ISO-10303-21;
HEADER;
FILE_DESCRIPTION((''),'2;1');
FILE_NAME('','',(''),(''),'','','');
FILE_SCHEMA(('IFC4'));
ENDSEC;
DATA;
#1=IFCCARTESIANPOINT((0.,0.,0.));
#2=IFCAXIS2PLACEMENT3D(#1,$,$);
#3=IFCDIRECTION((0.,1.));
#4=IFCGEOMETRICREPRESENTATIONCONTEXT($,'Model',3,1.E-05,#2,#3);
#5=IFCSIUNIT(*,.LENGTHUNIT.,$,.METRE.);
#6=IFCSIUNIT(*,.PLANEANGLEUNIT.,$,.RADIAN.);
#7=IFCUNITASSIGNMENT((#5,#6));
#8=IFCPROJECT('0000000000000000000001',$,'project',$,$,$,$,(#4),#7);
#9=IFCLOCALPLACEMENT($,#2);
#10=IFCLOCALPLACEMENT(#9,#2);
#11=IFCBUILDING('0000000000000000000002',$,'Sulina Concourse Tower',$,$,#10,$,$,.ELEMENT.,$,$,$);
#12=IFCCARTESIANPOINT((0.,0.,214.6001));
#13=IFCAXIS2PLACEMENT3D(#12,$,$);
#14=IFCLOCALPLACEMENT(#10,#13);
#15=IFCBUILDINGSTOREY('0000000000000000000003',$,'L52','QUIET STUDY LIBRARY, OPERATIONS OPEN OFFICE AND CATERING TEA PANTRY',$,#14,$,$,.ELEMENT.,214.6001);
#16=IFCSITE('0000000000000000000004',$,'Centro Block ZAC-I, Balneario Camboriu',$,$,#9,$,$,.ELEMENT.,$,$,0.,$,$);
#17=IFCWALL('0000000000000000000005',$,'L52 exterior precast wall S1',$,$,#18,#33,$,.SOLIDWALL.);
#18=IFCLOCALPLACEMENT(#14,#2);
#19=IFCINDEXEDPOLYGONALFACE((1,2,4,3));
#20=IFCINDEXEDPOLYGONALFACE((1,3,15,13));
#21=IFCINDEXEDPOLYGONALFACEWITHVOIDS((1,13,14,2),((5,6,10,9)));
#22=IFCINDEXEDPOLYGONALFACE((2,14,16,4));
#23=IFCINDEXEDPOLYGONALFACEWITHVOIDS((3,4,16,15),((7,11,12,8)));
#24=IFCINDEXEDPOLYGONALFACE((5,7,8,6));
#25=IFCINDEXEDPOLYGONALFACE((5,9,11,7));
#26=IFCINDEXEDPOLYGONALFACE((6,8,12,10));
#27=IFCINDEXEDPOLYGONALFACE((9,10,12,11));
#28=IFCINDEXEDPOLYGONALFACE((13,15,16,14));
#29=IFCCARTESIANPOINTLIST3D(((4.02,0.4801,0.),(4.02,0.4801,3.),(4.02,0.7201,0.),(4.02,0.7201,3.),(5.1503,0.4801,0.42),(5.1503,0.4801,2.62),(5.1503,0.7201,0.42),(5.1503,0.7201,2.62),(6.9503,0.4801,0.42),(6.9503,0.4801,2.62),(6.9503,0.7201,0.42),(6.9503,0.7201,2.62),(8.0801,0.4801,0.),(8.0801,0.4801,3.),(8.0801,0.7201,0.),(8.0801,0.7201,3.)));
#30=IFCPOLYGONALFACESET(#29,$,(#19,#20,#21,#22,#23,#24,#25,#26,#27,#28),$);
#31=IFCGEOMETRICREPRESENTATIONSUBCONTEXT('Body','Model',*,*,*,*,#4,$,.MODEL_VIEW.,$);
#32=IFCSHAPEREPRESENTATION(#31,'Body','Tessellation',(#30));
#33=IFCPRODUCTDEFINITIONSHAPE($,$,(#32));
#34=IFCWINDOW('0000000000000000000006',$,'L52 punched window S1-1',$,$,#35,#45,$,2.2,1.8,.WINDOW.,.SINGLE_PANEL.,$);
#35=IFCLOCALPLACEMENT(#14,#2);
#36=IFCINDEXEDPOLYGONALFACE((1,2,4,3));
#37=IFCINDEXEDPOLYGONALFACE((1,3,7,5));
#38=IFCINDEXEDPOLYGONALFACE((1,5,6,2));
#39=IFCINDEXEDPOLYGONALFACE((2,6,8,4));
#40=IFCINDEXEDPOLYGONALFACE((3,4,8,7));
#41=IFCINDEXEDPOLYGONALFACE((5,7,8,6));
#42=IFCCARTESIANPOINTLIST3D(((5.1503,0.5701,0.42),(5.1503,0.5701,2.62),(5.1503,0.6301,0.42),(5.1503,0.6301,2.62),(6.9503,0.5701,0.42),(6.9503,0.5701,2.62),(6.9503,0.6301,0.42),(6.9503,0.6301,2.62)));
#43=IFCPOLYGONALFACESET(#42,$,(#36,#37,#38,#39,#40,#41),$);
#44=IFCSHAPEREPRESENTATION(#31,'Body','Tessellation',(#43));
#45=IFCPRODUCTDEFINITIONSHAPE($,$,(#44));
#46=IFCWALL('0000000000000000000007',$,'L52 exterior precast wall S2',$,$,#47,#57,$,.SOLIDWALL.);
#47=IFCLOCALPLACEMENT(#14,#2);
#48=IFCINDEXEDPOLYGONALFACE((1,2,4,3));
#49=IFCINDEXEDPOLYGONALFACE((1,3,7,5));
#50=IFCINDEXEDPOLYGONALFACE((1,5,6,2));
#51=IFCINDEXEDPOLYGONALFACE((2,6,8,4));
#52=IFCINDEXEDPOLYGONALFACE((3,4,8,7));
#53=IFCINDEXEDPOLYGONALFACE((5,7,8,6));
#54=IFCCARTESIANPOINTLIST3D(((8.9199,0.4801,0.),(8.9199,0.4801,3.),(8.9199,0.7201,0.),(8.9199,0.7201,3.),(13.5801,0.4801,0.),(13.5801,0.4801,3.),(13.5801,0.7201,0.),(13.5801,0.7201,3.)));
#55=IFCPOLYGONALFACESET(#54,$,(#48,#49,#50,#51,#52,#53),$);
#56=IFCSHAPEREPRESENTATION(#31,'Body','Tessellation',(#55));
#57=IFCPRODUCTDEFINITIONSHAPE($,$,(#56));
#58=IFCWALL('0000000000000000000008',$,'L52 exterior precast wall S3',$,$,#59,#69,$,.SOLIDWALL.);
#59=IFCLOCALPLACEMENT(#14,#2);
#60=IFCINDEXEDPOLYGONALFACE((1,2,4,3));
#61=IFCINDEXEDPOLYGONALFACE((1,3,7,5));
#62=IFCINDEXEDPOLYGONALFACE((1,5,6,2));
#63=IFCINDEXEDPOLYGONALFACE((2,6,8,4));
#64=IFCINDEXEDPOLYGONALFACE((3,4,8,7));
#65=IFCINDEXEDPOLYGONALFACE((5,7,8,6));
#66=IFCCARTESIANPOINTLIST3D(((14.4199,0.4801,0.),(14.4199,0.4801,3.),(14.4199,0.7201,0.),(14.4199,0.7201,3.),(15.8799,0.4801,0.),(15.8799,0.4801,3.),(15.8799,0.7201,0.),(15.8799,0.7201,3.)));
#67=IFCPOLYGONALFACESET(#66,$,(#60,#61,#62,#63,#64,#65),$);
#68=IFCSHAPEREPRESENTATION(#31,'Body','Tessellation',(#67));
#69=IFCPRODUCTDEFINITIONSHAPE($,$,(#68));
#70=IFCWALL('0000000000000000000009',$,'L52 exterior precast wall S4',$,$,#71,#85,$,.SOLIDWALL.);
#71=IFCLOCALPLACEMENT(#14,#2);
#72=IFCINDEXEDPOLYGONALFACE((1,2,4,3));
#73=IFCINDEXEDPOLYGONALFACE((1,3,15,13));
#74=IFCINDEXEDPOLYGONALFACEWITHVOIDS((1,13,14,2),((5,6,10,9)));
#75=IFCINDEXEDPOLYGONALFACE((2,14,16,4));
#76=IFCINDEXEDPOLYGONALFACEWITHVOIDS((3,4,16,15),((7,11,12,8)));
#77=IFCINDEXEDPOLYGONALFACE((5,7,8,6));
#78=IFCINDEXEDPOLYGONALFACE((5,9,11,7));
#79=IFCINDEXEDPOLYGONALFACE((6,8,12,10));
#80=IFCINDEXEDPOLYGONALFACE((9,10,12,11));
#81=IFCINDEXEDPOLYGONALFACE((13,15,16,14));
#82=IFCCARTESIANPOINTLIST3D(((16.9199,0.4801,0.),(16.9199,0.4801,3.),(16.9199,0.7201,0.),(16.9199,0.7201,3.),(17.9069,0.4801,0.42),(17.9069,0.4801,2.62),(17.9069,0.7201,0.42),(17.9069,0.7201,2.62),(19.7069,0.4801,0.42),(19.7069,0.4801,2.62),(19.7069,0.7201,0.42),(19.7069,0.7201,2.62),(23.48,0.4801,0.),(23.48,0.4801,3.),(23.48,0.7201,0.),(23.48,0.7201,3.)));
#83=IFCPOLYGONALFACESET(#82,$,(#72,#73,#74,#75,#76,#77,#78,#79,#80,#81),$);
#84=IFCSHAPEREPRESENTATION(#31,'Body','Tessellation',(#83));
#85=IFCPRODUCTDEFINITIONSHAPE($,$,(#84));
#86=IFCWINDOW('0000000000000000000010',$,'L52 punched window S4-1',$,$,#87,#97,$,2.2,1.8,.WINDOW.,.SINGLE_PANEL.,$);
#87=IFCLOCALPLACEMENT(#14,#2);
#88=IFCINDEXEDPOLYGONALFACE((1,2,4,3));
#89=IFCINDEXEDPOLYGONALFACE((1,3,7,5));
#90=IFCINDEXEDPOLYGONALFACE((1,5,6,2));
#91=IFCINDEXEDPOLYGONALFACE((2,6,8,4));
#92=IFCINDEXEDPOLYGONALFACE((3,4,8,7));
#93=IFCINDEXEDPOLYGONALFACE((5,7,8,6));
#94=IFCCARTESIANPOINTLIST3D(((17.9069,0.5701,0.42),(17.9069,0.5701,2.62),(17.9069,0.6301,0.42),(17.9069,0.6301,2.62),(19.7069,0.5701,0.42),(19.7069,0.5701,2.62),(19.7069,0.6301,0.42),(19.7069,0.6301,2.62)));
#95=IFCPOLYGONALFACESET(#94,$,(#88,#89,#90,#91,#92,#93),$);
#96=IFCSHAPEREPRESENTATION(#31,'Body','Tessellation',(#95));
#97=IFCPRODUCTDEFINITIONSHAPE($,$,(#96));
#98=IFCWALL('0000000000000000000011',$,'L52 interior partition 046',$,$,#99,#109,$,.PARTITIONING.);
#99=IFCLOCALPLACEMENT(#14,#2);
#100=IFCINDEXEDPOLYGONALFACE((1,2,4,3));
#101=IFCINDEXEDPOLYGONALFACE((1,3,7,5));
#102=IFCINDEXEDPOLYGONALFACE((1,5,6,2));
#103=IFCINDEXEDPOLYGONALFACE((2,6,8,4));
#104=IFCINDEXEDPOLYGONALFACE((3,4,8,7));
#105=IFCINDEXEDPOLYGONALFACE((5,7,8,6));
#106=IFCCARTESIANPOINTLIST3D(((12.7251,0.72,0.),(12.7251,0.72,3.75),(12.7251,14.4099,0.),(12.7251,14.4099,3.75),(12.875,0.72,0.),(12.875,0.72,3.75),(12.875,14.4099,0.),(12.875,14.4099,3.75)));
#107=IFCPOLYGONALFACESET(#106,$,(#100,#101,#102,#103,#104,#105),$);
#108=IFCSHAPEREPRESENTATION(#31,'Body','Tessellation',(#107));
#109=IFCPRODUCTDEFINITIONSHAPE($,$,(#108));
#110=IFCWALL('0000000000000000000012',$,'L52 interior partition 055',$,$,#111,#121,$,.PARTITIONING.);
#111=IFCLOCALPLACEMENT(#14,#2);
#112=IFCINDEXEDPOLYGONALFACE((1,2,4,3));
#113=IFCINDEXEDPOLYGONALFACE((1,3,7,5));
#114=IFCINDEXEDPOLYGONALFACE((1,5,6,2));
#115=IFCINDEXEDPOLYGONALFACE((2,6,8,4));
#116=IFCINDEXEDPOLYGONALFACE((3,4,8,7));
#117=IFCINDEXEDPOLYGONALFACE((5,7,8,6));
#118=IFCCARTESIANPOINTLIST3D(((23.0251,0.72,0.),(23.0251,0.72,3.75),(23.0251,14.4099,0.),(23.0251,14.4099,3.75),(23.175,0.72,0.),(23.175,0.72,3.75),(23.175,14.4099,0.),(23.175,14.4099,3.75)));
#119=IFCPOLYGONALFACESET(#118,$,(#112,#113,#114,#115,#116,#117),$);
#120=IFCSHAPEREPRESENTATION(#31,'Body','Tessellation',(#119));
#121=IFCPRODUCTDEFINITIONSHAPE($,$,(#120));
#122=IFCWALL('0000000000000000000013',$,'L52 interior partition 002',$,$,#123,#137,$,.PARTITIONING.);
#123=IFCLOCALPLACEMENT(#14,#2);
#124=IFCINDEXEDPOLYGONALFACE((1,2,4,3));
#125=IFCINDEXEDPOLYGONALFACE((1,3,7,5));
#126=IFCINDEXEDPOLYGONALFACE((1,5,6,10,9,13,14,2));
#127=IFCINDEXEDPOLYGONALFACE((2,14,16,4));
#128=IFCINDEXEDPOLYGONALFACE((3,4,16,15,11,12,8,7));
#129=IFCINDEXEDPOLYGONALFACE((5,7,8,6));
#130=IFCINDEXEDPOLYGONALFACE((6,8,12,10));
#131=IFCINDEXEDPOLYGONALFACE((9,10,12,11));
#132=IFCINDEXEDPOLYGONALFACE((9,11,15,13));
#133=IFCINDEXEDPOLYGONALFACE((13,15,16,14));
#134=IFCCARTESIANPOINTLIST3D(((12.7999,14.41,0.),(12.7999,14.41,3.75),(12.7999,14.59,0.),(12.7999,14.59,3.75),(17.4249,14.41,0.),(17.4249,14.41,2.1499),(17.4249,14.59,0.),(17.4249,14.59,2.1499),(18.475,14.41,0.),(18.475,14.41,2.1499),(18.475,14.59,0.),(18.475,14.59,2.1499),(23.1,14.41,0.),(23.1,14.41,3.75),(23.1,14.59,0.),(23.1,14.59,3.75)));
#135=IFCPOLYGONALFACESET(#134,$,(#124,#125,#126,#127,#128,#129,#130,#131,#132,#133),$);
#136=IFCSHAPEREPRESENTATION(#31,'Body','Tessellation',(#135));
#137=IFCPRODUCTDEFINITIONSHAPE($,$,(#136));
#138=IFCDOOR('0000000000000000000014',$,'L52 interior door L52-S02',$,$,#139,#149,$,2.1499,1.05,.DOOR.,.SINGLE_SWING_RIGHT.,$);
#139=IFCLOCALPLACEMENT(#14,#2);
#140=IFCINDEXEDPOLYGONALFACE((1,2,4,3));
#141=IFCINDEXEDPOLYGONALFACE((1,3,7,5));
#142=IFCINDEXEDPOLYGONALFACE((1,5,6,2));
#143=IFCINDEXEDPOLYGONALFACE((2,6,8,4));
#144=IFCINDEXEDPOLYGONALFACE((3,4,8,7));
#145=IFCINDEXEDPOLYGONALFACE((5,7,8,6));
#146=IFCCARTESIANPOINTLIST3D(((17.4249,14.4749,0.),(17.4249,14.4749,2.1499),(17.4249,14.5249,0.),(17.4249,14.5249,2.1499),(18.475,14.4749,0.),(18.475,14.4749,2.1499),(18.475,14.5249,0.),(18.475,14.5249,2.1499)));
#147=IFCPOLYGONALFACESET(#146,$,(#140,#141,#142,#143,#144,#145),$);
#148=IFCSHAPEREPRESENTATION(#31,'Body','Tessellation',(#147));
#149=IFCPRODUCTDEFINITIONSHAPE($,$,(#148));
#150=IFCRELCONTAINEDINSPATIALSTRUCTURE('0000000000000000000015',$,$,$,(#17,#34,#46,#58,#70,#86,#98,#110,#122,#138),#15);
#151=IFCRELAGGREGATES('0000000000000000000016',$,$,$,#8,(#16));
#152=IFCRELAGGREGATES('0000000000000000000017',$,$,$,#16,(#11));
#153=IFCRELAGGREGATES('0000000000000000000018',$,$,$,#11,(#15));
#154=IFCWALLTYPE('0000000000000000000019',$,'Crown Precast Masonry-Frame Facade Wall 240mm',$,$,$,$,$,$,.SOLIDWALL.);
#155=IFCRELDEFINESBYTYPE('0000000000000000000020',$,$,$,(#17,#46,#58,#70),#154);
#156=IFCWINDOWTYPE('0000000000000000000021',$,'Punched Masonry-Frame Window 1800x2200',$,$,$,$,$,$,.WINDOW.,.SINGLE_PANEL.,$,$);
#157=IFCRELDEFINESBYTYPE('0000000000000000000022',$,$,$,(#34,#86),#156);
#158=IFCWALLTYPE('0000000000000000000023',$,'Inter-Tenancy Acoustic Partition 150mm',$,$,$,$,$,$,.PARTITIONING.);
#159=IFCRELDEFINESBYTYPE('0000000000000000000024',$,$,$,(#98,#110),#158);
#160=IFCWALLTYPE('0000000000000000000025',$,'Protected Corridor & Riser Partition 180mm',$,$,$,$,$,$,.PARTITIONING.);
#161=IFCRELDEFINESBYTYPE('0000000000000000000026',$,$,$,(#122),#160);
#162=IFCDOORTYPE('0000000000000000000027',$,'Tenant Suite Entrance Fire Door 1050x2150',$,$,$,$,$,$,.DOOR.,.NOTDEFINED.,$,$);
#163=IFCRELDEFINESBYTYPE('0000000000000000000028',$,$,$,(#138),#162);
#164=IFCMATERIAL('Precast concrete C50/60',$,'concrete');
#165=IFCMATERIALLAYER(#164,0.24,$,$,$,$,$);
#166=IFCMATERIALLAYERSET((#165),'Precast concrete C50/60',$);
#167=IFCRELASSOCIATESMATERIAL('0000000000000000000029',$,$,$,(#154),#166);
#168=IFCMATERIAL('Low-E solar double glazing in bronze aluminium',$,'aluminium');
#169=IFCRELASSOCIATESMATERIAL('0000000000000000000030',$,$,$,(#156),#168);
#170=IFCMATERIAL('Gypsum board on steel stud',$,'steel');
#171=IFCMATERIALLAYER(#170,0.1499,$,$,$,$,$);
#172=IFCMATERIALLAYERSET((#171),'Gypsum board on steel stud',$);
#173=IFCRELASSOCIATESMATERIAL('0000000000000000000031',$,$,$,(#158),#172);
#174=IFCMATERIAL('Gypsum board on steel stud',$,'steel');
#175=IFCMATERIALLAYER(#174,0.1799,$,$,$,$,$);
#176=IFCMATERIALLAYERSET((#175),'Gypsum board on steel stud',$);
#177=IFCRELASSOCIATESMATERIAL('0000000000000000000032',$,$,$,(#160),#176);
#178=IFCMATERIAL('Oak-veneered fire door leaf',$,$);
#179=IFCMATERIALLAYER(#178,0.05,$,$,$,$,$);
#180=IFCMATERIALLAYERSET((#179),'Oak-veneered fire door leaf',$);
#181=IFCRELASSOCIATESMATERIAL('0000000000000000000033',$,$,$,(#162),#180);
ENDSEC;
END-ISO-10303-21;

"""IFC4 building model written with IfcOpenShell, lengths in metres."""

from ifc_helpers import new_model, si_unit, direction, frame, frame_2d, origin, place, context, subcontext, project, spatial, rectangle, extrude, material, layer, layer_set, type_object, element, fill, save


model = new_model("IFC4")

# Units and contexts
model_context = context("Model", 3, precision=1e-05, world=origin(), true_north=direction((0.0, 1.0)))
body_context = subcontext(model_context, "Body", "Model", "MODEL_VIEW")
ifc_project = project(units=[si_unit("LENGTHUNIT", "METRE"), si_unit("PLANEANGLEUNIT", "RADIAN")], contexts=[model_context])

# Site, building, storey
site_placement = place(None, origin())
site = spatial("IfcSite", under=ifc_project, at=site_placement, Name="Centro Block ZAC-I, Balneario Camboriu", CompositionType="ELEMENT", RefElevation=0.0)
building_placement = place(site_placement, origin())
building = spatial("IfcBuilding", under=site, at=building_placement, Name="Sulina Concourse Tower", CompositionType="ELEMENT")
storey_placement = place(building_placement, frame((0.0, 0.0, 214.6001)))
storey = spatial("IfcBuildingStorey", under=building, at=storey_placement, Name="L52", Description="QUIET STUDY LIBRARY, OPERATIONS OPEN OFFICE AND CATERING TEA PANTRY", CompositionType="ELEMENT", Elevation=214.6001)

# Wall, opening, window
ifc_material_1 = material(Name="Precast concrete C50/60", Category="concrete")
ifc_layer_1 = layer(ifc_material_1, 0.24)
ifc_layer_set_1 = layer_set([ifc_layer_1], Name="Precast concrete C50/60")
wall_type_1 = type_object("IfcWallType", Name="Crown Precast Masonry-Frame Facade Wall 240mm", PredefinedType="SOLIDWALL", material=ifc_layer_set_1)
wall_1_placement = place(storey_placement, frame((8.0801, 0.6001, 0.0), z_axis=(0.0, 0.0, 1.0), x_axis=(-1.0, 0.0, 0.0)))
wall_1 = element("IfcWall", 1, at=wall_1_placement, inside=storey, type_object=wall_type_1, Name="L52 exterior precast wall S1", PredefinedType="SOLIDWALL", context=body_context, shape_type="SweptSolid", body=[
    extrude(rectangle(XDim=4.0601, YDim=0.24, at=frame_2d((2.03, 0.0))), origin(), (0.0, 0.0, 1.0), 3.0),
])
opening_1_placement = place(wall_1_placement, frame((1.1299, 0.0, 0.4199)))
opening_1 = element("IfcOpeningElement", 2, at=opening_1_placement, cuts=wall_1, PredefinedType="OPENING", context=body_context, shape_type="SweptSolid", body=[
    extrude(rectangle(XDim=1.8, YDim=2.2, at=frame_2d((0.8999, 1.1001))), frame((0.0, 0.1299, 0.0), z_axis=(0.0, -1.0, 0.0), x_axis=(1.0, 0.0, 0.0)), (0.0, 0.0, 1.0), 0.26),
])
ifc_material_2 = material(Name="Low-E solar double glazing in bronze aluminium", Category="aluminium")
window_type = type_object("IfcWindowType", Name="Punched Masonry-Frame Window 1800x2200", PartitioningType="SINGLE_PANEL", PredefinedType="WINDOW", material=ifc_material_2)
window_1_placement = place(opening_1_placement, origin())
window_1 = element("IfcWindow", 3, at=window_1_placement, inside=storey, type_object=window_type, Name="L52 punched window S1-1", OverallHeight=2.2, OverallWidth=1.8, PartitioningType="SINGLE_PANEL", PredefinedType="WINDOW", context=body_context, shape_type="SweptSolid", body=[
    extrude(rectangle(XDim=1.8, YDim=2.2, at=frame_2d((0.8999, 1.1001))), frame((0.0, 0.03, 0.0), z_axis=(0.0, -1.0, 0.0), x_axis=(1.0, 0.0, 0.0)), (0.0, 0.0, 1.0), 0.0601),
])
fill(opening_1, window_1)

# Walls
wall_2_placement = place(storey_placement, frame((13.5801, 0.6001, 0.0), z_axis=(0.0, 0.0, 1.0), x_axis=(-1.0, 0.0, 0.0)))
element("IfcWall", 4, at=wall_2_placement, inside=storey, type_object=wall_type_1, Name="L52 exterior precast wall S2", PredefinedType="SOLIDWALL", context=body_context, shape_type="SweptSolid", body=[
    extrude(rectangle(XDim=4.6602, YDim=0.24, at=frame_2d((2.3301, 0.0))), origin(), (0.0, 0.0, 1.0), 3.0),
])
wall_3_placement = place(storey_placement, frame((15.8799, 0.6001, 0.0), z_axis=(0.0, 0.0, 1.0), x_axis=(-1.0, 0.0, 0.0)))
element("IfcWall", 5, at=wall_3_placement, inside=storey, type_object=wall_type_1, Name="L52 exterior precast wall S3", PredefinedType="SOLIDWALL", context=body_context, shape_type="SweptSolid", body=[
    extrude(rectangle(XDim=1.46, YDim=0.24, at=frame_2d((0.73, 0.0))), origin(), (0.0, 0.0, 1.0), 3.0),
])

# Wall, opening, window
wall_4_placement = place(storey_placement, frame((23.48, 0.6001, 0.0), z_axis=(0.0, 0.0, 1.0), x_axis=(-1.0, 0.0, 0.0)))
wall_4 = element("IfcWall", 6, at=wall_4_placement, inside=storey, type_object=wall_type_1, Name="L52 exterior precast wall S4", PredefinedType="SOLIDWALL", context=body_context, shape_type="SweptSolid", body=[
    extrude(rectangle(XDim=6.5601, YDim=0.24, at=frame_2d((3.28, 0.0))), origin(), (0.0, 0.0, 1.0), 3.0),
])
opening_2_placement = place(wall_4_placement, frame((3.7732, 0.0, 0.4199)))
opening_2 = element("IfcOpeningElement", 7, at=opening_2_placement, cuts=wall_4, PredefinedType="OPENING", context=body_context, shape_type="SweptSolid", body=[
    extrude(rectangle(XDim=1.8, YDim=2.2, at=frame_2d((0.8999, 1.1001))), frame((0.0, 0.1299, 0.0), z_axis=(0.0, -1.0, 0.0), x_axis=(1.0, 0.0, 0.0)), (0.0, 0.0, 1.0), 0.26),
])
window_2_placement = place(opening_2_placement, origin())
window_2 = element("IfcWindow", 8, at=window_2_placement, inside=storey, type_object=window_type, Name="L52 punched window S4-1", OverallHeight=2.2, OverallWidth=1.8, PartitioningType="SINGLE_PANEL", PredefinedType="WINDOW", context=body_context, shape_type="SweptSolid", body=[
    extrude(rectangle(XDim=1.8, YDim=2.2, at=frame_2d((0.8999, 1.1001))), frame((0.0, 0.03, 0.0), z_axis=(0.0, -1.0, 0.0), x_axis=(1.0, 0.0, 0.0)), (0.0, 0.0, 1.0), 0.0601),
])
fill(opening_2, window_2)

# Walls
ifc_material_3 = material(Name="Gypsum board on steel stud", Category="steel")
ifc_layer_2 = layer(ifc_material_3, 0.1499)
ifc_layer_set_2 = layer_set([ifc_layer_2], Name="Gypsum board on steel stud")
wall_type_2 = type_object("IfcWallType", Name="Inter-Tenancy Acoustic Partition 150mm", PredefinedType="PARTITIONING", material=ifc_layer_set_2)
for number, where, z_axis, x_axis, name in (
    (9, (12.8, 0.72, 0.0), (0.0, 0.0, 1.0), (0.0, 1.0, 0.0), "L52 interior partition 046"),
    (10, (23.1001, 0.72, 0.0), (0.0, 0.0, 1.0), (0.0, 1.0, 0.0), "L52 interior partition 055"),
):
    element("IfcWall", number, at=place(storey_placement, frame(where, z_axis=z_axis, x_axis=x_axis)), inside=storey, type_object=wall_type_2, Name=name, PredefinedType="PARTITIONING", context=body_context, shape_type="SweptSolid", body=[
        extrude(rectangle(XDim=13.6899, YDim=0.1499, at=frame_2d((6.845, 0.0))), origin(), (0.0, 0.0, 1.0), 3.75),
    ])

# Wall, opening, door
ifc_material_4 = material(Name="Gypsum board on steel stud", Category="steel")
ifc_layer_3 = layer(ifc_material_4, 0.1799)
ifc_layer_set_3 = layer_set([ifc_layer_3], Name="Gypsum board on steel stud")
wall_type_3 = type_object("IfcWallType", Name="Protected Corridor & Riser Partition 180mm", PredefinedType="PARTITIONING", material=ifc_layer_set_3)
wall_5_placement = place(storey_placement, frame((12.8, 14.5, 0.0), z_axis=(0.0, 0.0, 1.0), x_axis=(1.0, 0.0, 0.0)))
wall_5 = element("IfcWall", 11, at=wall_5_placement, inside=storey, type_object=wall_type_3, Name="L52 interior partition 002", PredefinedType="PARTITIONING", context=body_context, shape_type="SweptSolid", body=[
    extrude(rectangle(XDim=10.3, YDim=0.1799, at=frame_2d((5.1499, 0.0))), origin(), (0.0, 0.0, 1.0), 3.75),
])
opening_3_placement = place(wall_5_placement, frame((4.625, 0.0, 0.0)))
opening_3 = element("IfcOpeningElement", 12, at=opening_3_placement, cuts=wall_5, PredefinedType="OPENING", context=body_context, shape_type="SweptSolid", body=[
    extrude(rectangle(XDim=1.05, YDim=2.1499, at=frame_2d((0.5249, 1.075))), frame((0.0, 0.0999, 0.0), z_axis=(0.0, -1.0, 0.0), x_axis=(1.0, 0.0, 0.0)), (0.0, 0.0, 1.0), 0.2),
])
ifc_material_5 = material(Name="Oak-veneered fire door leaf")
ifc_layer_4 = layer(ifc_material_5, 0.05)
ifc_layer_set_4 = layer_set([ifc_layer_4], Name="Oak-veneered fire door leaf")
door_type = type_object("IfcDoorType", Name="Tenant Suite Entrance Fire Door 1050x2150", OperationType="NOTDEFINED", PredefinedType="DOOR", material=ifc_layer_set_4)
door_placement = place(opening_3_placement, origin())
door = element("IfcDoor", 13, at=door_placement, inside=storey, type_object=door_type, Name="L52 interior door L52-S02", OperationType="SINGLE_SWING_RIGHT", OverallHeight=2.1499, OverallWidth=1.05, PredefinedType="DOOR", context=body_context, shape_type="SweptSolid", body=[
    extrude(rectangle(XDim=1.05, YDim=2.1499, at=frame_2d((0.5249, 1.075))), frame((0.0, 0.0249, 0.0), z_axis=(0.0, -1.0, 0.0), x_axis=(1.0, 0.0, 0.0)), (0.0, 0.0, 1.0), 0.05),
])
fill(opening_3, door)

save(model, "model.ifc")
